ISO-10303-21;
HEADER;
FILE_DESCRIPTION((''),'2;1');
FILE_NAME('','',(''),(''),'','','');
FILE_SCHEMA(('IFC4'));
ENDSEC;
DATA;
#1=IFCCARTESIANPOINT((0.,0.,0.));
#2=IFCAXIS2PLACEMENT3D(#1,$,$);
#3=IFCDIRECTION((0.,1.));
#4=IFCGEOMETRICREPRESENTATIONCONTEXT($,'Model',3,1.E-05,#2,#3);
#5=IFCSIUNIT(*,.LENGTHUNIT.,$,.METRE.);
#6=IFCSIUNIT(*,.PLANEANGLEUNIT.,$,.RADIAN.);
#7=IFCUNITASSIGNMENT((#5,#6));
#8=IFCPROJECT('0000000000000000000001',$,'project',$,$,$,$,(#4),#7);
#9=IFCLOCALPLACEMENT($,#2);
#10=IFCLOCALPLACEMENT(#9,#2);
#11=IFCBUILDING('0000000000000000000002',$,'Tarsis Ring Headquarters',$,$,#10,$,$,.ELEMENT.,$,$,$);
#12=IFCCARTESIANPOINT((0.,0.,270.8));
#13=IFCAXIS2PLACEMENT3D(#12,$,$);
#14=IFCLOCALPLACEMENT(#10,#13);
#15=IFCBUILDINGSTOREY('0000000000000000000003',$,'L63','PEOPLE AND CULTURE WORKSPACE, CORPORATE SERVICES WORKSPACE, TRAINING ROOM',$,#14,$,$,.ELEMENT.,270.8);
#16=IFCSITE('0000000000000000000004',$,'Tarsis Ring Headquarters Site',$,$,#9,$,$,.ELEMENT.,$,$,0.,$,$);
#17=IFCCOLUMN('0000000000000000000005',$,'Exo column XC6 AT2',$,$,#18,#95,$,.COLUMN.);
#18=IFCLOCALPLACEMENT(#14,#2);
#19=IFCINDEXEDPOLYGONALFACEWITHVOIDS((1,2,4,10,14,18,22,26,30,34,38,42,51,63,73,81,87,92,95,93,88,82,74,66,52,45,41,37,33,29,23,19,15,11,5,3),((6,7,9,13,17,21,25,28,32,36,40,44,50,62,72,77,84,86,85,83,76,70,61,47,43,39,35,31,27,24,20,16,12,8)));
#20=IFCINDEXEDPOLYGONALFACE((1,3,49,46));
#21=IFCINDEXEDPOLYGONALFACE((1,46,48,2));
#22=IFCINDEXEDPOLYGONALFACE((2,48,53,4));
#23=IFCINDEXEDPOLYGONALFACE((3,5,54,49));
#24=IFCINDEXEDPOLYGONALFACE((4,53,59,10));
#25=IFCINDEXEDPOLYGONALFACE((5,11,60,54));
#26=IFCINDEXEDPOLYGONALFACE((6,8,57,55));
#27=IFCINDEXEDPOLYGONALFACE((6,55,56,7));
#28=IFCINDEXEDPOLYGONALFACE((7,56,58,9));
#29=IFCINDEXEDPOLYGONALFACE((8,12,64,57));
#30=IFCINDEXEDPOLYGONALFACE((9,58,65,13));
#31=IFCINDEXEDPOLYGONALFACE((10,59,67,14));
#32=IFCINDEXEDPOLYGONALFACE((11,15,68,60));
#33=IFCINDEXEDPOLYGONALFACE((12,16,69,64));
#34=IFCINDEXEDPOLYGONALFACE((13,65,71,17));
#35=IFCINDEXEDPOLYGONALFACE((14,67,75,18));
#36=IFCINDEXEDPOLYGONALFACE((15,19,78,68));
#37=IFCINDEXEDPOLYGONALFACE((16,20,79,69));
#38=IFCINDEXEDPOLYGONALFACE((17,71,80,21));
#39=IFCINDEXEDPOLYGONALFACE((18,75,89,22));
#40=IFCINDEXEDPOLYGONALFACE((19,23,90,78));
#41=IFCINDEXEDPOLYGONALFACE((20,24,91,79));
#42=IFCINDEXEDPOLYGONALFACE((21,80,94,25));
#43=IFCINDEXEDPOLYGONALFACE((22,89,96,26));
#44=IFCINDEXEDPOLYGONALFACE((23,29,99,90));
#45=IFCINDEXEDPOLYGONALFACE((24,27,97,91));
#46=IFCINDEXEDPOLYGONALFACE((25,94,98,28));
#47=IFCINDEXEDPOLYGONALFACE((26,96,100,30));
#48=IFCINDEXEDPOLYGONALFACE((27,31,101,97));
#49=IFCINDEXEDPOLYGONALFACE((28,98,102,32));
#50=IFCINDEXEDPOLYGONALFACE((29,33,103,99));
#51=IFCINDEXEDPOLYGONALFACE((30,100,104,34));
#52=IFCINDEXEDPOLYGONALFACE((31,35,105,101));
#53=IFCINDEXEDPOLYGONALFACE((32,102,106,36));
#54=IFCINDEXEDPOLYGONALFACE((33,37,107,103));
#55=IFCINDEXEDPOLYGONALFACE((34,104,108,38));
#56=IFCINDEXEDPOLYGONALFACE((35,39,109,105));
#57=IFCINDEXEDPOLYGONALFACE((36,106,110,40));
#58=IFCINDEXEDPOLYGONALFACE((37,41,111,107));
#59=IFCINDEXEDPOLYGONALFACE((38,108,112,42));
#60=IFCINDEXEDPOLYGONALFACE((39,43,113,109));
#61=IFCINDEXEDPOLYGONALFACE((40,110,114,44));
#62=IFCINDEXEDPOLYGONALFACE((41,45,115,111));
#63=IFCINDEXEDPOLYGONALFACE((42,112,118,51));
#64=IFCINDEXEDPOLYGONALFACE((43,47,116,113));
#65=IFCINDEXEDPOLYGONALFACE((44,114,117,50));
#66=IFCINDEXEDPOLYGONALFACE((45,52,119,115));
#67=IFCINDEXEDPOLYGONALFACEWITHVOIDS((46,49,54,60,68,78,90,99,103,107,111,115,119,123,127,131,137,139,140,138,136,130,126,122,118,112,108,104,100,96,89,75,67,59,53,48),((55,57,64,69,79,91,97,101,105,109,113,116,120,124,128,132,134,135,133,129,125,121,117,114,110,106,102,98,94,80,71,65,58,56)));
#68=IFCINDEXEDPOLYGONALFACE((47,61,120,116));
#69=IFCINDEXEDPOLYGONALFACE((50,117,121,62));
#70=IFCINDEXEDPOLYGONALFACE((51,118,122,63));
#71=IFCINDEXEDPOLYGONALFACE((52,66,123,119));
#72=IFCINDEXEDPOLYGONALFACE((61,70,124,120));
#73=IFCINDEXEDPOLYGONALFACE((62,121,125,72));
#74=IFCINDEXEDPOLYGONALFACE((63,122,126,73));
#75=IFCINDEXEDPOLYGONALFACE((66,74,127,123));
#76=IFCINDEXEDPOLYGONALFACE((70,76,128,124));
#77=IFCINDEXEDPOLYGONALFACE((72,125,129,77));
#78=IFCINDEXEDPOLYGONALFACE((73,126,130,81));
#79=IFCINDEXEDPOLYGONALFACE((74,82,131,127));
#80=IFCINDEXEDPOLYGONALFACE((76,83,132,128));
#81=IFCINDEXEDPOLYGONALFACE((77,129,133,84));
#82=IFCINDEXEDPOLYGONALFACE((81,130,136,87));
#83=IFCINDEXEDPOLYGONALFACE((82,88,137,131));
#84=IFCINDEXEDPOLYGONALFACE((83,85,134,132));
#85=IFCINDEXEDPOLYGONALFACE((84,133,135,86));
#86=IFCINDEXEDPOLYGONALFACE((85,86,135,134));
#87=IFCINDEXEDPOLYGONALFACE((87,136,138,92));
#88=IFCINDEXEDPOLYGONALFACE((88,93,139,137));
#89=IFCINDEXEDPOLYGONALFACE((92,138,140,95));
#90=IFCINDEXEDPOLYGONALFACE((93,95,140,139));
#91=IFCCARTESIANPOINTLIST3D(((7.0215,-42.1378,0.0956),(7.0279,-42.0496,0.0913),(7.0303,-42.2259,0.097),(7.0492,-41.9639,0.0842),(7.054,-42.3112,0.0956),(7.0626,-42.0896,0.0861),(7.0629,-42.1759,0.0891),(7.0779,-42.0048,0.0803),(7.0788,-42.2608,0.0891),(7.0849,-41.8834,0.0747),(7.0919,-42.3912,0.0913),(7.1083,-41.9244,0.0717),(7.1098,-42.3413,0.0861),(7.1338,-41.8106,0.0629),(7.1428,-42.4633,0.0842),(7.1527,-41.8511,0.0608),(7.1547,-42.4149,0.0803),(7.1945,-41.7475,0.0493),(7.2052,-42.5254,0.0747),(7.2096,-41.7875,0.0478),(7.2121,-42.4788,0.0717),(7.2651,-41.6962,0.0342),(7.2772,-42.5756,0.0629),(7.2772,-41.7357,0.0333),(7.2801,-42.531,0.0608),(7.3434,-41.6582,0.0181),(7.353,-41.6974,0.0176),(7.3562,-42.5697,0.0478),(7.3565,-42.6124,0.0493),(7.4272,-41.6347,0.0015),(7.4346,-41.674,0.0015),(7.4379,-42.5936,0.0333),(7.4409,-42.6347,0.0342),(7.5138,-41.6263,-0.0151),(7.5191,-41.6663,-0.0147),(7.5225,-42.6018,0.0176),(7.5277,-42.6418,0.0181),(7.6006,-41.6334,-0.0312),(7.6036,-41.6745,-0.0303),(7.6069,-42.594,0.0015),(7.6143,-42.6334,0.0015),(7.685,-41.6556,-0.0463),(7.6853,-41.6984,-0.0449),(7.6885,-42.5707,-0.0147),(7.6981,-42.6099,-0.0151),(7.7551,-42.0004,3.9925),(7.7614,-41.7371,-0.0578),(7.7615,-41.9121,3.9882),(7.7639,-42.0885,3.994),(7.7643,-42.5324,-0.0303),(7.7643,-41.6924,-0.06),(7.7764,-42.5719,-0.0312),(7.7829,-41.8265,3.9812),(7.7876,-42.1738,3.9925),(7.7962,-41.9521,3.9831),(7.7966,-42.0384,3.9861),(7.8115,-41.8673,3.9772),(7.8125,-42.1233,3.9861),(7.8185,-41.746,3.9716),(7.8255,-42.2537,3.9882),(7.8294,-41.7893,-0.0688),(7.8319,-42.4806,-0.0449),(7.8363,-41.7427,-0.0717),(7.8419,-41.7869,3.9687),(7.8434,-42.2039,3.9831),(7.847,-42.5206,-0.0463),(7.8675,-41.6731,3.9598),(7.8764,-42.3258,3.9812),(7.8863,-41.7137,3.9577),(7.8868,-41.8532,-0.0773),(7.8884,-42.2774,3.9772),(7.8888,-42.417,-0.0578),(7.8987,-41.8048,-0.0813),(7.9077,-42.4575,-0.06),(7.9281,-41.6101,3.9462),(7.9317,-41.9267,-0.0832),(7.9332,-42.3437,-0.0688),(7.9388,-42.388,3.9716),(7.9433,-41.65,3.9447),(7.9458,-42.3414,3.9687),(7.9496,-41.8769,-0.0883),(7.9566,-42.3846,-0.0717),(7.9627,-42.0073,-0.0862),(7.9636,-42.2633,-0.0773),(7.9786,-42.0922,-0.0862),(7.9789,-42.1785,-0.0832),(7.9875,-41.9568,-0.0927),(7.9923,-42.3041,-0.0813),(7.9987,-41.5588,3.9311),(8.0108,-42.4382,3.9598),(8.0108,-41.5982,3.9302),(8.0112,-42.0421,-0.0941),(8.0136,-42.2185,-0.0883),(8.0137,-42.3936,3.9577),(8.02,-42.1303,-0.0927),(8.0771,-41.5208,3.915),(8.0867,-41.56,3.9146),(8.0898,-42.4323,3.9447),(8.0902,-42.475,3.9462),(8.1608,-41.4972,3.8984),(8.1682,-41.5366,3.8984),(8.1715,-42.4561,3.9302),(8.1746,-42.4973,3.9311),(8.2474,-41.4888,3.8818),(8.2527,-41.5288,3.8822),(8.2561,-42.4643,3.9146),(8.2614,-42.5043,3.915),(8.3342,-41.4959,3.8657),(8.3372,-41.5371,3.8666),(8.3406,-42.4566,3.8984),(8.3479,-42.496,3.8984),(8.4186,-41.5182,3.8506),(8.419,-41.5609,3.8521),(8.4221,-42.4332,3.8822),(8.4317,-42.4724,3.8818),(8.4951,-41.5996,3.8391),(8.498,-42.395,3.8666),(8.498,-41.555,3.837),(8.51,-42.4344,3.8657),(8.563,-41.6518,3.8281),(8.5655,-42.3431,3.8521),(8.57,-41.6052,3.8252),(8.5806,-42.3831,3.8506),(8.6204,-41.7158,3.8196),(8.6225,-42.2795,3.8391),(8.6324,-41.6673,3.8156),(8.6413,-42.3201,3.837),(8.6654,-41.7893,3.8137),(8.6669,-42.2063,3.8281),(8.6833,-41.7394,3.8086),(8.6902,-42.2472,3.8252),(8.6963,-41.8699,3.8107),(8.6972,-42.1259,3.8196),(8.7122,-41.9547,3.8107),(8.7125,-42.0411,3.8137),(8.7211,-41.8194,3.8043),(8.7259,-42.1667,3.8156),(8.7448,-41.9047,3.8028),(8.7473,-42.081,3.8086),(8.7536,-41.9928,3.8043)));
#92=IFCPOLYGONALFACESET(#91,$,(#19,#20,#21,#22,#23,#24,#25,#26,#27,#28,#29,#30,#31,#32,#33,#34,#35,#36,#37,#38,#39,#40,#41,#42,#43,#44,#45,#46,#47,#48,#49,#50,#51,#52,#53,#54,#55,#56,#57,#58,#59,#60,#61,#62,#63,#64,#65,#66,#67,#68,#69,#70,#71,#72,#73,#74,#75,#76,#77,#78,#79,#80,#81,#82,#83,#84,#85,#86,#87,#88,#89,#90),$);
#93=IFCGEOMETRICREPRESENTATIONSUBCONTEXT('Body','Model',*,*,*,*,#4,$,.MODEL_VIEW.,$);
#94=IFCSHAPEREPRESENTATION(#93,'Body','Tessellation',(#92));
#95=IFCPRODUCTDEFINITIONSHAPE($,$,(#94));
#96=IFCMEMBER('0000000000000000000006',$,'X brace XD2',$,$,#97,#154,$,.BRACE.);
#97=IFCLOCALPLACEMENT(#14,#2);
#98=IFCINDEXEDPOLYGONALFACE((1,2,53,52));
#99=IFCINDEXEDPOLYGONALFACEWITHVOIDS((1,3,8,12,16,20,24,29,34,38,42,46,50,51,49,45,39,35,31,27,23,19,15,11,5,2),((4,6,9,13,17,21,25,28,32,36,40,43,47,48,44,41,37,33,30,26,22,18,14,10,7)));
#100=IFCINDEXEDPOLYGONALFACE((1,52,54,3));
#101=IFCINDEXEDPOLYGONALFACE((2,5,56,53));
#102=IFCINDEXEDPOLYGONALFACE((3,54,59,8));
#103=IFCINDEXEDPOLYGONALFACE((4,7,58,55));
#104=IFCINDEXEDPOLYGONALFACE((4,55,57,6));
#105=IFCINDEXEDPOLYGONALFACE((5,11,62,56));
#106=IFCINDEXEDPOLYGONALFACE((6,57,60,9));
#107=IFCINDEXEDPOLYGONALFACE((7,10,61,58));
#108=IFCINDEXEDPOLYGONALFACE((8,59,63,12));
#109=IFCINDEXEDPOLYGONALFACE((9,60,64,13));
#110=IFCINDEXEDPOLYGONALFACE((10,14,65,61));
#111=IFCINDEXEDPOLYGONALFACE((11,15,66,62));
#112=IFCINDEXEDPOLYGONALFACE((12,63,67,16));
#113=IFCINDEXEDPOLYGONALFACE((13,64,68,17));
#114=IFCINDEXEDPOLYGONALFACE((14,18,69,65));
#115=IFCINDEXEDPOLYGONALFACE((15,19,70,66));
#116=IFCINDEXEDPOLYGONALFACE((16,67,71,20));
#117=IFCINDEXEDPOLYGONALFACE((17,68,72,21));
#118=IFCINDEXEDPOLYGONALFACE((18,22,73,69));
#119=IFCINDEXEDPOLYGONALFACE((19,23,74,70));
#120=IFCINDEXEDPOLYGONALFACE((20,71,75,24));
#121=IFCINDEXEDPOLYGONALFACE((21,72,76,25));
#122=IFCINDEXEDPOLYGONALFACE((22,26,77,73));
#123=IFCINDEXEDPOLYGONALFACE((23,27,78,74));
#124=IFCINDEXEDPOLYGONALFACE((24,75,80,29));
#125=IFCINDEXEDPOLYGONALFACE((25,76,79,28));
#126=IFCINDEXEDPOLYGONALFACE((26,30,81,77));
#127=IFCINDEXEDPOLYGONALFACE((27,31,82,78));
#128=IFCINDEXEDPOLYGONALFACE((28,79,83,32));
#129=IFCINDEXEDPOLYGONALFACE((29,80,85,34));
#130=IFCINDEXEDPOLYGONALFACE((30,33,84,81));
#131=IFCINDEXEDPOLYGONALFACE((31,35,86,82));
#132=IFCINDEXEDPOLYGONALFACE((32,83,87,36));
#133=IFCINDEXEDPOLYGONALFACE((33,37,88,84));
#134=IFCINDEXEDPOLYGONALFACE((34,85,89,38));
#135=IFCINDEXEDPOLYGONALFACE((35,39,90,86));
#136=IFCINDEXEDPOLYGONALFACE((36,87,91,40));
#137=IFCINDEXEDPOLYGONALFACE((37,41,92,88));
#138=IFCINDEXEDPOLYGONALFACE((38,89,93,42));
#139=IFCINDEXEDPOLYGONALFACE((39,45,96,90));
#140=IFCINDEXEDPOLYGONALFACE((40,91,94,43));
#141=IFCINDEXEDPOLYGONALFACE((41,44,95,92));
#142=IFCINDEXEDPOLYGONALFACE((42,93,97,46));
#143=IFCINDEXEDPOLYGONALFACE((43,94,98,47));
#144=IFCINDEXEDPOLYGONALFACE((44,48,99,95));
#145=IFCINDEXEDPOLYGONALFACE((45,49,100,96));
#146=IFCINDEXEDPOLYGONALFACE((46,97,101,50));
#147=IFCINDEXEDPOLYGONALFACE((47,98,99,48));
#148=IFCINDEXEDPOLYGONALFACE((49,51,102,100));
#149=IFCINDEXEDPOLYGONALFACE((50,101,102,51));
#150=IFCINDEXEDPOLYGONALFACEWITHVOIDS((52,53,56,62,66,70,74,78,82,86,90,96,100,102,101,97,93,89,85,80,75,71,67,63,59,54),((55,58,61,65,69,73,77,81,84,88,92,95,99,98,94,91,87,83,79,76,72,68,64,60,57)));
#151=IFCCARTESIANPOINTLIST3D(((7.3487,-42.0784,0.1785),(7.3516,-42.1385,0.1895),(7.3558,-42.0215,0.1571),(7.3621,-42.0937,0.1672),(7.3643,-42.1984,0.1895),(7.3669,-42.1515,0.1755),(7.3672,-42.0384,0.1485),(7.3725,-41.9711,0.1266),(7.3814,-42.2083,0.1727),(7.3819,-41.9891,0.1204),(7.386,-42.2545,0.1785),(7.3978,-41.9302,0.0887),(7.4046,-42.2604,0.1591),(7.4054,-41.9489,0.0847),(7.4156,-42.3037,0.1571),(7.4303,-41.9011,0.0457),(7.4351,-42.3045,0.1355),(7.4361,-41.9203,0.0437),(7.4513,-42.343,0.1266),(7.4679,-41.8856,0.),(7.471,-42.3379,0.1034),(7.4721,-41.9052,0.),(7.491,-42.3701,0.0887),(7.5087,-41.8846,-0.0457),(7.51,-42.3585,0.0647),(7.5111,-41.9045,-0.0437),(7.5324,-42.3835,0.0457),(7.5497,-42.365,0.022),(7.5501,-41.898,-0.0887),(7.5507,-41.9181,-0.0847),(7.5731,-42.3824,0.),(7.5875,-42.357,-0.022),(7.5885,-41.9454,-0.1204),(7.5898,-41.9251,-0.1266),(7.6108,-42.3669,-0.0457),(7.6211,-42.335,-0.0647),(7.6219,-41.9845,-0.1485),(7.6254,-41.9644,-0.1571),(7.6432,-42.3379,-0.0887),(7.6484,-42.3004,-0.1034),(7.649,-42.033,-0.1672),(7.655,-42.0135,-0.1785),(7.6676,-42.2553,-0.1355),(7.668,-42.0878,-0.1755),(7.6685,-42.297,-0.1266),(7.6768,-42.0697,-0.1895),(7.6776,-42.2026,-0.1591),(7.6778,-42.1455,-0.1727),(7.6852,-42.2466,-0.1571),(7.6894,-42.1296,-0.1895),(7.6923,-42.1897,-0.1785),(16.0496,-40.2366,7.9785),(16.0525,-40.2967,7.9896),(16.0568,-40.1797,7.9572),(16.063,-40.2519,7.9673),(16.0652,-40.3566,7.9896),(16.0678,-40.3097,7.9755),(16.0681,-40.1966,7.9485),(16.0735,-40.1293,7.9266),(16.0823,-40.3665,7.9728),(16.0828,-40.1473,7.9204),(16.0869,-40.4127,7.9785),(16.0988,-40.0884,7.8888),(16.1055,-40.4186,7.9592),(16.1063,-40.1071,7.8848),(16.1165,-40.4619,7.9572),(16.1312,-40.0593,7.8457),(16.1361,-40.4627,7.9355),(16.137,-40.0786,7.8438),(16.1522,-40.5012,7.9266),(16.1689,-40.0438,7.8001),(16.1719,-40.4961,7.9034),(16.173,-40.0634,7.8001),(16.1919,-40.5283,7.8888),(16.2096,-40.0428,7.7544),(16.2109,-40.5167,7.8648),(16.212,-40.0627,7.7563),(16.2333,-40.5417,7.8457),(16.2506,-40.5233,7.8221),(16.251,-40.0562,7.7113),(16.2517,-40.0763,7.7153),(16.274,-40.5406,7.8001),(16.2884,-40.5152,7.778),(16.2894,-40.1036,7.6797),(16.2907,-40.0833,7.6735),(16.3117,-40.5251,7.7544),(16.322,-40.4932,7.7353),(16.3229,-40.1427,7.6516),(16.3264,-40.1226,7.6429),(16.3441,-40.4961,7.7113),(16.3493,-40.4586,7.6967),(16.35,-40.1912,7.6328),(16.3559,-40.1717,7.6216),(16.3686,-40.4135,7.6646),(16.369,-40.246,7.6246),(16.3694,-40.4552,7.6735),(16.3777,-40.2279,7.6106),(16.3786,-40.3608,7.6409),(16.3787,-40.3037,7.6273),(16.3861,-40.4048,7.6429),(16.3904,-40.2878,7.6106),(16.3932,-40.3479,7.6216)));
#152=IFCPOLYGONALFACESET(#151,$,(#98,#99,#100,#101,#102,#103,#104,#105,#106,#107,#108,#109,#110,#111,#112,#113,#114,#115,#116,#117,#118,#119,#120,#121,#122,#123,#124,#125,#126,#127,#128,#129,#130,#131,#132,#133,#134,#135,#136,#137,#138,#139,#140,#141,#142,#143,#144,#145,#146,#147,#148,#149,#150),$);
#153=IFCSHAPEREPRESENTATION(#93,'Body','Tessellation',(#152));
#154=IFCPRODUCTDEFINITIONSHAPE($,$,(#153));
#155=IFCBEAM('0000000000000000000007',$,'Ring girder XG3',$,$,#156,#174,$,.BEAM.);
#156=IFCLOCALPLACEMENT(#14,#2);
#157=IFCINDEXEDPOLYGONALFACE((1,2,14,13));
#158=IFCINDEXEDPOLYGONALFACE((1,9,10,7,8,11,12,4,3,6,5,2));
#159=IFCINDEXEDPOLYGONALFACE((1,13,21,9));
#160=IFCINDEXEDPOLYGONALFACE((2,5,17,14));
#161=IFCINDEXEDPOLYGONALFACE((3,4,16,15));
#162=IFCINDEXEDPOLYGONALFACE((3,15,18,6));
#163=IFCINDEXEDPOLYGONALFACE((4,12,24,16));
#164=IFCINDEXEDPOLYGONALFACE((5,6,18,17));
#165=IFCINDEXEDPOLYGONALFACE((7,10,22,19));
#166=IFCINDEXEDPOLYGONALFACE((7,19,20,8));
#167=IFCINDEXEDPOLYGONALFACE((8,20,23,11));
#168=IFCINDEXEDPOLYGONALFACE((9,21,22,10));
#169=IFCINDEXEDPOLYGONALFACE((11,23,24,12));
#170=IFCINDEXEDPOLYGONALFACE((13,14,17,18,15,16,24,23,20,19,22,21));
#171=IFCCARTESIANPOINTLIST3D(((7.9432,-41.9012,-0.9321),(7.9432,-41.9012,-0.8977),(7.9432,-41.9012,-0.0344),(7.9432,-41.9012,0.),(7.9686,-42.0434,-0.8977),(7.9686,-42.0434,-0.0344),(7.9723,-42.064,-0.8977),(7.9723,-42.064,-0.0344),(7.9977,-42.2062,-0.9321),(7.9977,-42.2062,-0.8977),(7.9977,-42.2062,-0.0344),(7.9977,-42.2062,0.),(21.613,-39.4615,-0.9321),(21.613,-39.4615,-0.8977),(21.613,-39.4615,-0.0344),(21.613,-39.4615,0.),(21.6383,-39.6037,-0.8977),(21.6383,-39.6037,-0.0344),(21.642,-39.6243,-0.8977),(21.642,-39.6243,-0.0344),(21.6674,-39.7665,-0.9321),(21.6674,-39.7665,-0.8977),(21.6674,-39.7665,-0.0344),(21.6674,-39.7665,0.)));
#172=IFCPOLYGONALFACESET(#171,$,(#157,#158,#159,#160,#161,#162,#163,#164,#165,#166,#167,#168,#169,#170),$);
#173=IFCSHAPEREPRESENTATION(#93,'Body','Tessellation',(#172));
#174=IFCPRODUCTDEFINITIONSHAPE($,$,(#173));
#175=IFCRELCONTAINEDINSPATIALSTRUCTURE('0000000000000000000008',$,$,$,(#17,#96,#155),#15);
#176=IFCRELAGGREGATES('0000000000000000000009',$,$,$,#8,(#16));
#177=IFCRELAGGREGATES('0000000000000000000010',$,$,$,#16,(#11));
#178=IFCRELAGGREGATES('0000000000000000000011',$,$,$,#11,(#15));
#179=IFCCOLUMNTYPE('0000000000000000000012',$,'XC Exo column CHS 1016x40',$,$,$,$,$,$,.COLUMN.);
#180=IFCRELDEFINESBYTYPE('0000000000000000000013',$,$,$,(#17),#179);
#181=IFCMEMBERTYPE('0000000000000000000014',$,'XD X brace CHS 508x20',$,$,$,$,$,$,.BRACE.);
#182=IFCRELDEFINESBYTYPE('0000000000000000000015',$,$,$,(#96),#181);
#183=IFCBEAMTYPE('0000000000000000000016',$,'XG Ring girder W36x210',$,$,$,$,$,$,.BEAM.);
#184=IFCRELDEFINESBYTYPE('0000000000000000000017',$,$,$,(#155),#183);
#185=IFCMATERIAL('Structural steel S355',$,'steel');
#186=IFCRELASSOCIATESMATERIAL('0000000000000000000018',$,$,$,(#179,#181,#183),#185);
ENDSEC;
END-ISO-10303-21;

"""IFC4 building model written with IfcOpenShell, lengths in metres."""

from ifc_helpers import new_model, si_unit, direction, frame, origin, origin_2d, place, context, subcontext, project, spatial, hollow_circle, i_section, extrude, material, material_profile, profile_set, type_object, element, save


model = new_model("IFC4")

# Units and contexts
model_context = context("Model", 3, precision=1e-05, world=origin(), true_north=direction((0.0, 1.0)))
body_context = subcontext(model_context, "Body", "Model", "MODEL_VIEW")
ifc_project = project(units=[si_unit("LENGTHUNIT", "METRE"), si_unit("PLANEANGLEUNIT", "RADIAN")], contexts=[model_context])

# Site, building, storey
site_placement = place(None, origin())
site = spatial("IfcSite", under=ifc_project, at=site_placement, Name="Tarsis Ring Headquarters Site", CompositionType="ELEMENT", RefElevation=0.0)
building_placement = place(site_placement, origin())
building = spatial("IfcBuilding", under=site, at=building_placement, Name="Tarsis Ring Headquarters", CompositionType="ELEMENT")
storey_placement = place(building_placement, frame((0.0, 0.0, 270.8)))
storey = spatial("IfcBuildingStorey", under=building, at=storey_placement, Name="L63", Description="PEOPLE AND CULTURE WORKSPACE, CORPORATE SERVICES WORKSPACE, TRAINING ROOM", CompositionType="ELEMENT", Elevation=270.8)

# Column
ifc_material_1 = material(Name="Structural steel S355", Category="steel")
ifc_material_profile_1 = material_profile(ifc_material_1, hollow_circle(Radius=0.5081, WallThickness=0.04, at=origin_2d()), Name="CHS 1016x40")
ifc_profile_set_1 = profile_set([ifc_material_profile_1], Name="Structural steel S355")
column_type = type_object("IfcColumnType", Name="XC Exo column CHS 1016x40", PredefinedType="COLUMN", material=ifc_profile_set_1)
column_placement = place(storey_placement, frame((7.5208, -42.134, 0.0015), z_axis=(0.184899, 0.034642, 0.982147), x_axis=(-0.18415, 0.982898, 0.0)))
element("IfcColumn", 1, at=column_placement, inside=storey, type_object=column_type, Name="Exo column XC6 AT2", PredefinedType="COLUMN", context=body_context, shape_type="SweptSolid", body=[
    extrude(hollow_circle(Radius=0.5081, WallThickness=0.04, at=origin_2d()), origin(), (0.0, 0.0, 1.0), 3.9678),
])

# Member
ifc_material_profile_2 = material_profile(ifc_material_1, hollow_circle(Radius=0.2539, WallThickness=0.02, at=origin_2d()), Name="CHS 508x20")
ifc_profile_set_2 = profile_set([ifc_material_profile_2], Name="Structural steel S355")
member_type = type_object("IfcMemberType", Name="XD X brace CHS 508x20", PredefinedType="BRACE", material=ifc_profile_set_2)
member_placement = place(storey_placement, frame((7.5205, -42.134, 0.0), z_axis=(0.735523, 0.155694, 0.659368), x_axis=(-0.207089, 0.978322, 0.0)))
element("IfcMember", 2, at=member_placement, inside=storey, type_object=member_type, Name="X brace XD2", PredefinedType="BRACE", context=body_context, shape_type="SweptSolid", body=[
    extrude(hollow_circle(Radius=0.2539, WallThickness=0.02, at=origin_2d()), origin(), (0.0, 0.0, 1.0), 11.8296),
])

# Beam
ifc_material_profile_3 = material_profile(ifc_material_1, i_section(OverallWidth=0.3098, OverallDepth=0.9321, WebThickness=0.021, FlangeThickness=0.0344, at=origin_2d()), Name="W36x210")
ifc_profile_set_3 = profile_set([ifc_material_profile_3], Name="Structural steel S355")
beam_type = type_object("IfcBeamType", Name="XG Ring girder W36x210", PredefinedType="BEAM", material=ifc_profile_set_3)
beam_placement = place(storey_placement, frame((7.9705, -42.0537, -0.4661), z_axis=(0.984444, 0.175699, 0.0), x_axis=(-0.175699, 0.984444, 0.0)))
element("IfcBeam", 3, at=beam_placement, inside=storey, type_object=beam_type, Name="Ring girder XG3", PredefinedType="BEAM", context=body_context, shape_type="SweptSolid", body=[
    extrude(i_section(OverallWidth=0.3098, OverallDepth=0.9321, WebThickness=0.021, FlangeThickness=0.0344, at=origin_2d()), origin(), (0.0, 0.0, 1.0), 13.8857),
])

save(model, "model.ifc")
